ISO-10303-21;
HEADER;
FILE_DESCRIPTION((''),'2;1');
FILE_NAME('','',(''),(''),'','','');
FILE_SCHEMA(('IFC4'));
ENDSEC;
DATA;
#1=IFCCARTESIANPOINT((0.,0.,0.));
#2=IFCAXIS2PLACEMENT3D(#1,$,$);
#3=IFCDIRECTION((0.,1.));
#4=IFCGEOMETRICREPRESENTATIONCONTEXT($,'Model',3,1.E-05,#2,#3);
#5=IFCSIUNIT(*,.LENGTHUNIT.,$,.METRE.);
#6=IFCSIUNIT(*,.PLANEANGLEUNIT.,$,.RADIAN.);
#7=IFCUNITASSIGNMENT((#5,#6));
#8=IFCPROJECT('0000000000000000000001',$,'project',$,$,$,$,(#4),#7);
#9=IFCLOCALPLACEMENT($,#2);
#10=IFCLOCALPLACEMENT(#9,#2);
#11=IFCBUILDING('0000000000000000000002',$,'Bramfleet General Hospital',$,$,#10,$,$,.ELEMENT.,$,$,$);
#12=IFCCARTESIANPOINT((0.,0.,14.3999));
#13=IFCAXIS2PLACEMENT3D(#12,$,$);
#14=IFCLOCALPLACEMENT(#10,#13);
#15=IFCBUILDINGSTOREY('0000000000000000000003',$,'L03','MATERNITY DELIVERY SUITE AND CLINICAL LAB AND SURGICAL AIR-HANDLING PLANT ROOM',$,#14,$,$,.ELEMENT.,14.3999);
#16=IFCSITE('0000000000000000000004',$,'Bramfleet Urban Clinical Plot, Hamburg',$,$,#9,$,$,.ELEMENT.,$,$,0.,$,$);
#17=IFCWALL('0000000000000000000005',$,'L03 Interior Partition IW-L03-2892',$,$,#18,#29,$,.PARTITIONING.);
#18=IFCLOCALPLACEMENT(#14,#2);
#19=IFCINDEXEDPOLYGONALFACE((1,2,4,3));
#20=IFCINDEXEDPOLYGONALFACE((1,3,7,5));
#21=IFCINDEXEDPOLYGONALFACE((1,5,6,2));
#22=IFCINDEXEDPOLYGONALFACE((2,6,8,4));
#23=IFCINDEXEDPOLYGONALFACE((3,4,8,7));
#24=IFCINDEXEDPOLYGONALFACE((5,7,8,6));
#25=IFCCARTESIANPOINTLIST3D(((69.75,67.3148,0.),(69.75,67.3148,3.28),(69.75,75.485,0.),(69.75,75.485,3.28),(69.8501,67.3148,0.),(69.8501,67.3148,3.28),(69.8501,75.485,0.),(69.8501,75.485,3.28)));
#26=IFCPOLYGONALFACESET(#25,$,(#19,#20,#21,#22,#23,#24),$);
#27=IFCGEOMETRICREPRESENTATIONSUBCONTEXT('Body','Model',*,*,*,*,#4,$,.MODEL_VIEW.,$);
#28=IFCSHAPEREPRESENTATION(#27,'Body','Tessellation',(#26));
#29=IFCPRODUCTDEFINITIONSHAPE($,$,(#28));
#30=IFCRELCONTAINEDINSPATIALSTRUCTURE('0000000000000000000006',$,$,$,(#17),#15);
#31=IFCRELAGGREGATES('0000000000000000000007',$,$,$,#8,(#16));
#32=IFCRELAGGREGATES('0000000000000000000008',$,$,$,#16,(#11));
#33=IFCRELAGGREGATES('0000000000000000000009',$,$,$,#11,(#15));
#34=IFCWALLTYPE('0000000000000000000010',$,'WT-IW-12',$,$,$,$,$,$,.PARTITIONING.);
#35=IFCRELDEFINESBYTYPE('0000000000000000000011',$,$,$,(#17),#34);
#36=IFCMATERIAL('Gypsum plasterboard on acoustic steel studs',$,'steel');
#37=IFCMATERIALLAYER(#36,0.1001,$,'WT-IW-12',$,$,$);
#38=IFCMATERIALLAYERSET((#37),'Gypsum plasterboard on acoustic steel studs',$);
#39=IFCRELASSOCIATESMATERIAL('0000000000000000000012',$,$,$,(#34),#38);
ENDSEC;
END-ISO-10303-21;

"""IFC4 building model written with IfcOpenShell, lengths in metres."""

from ifc_helpers import new_model, si_unit, direction, frame, frame_2d, origin, place, context, subcontext, project, spatial, rectangle, extrude, material, layer, layer_set, type_object, element, save


model = new_model("IFC4")

# Units and contexts
model_context = context("Model", 3, precision=1e-05, world=origin(), true_north=direction((0.0, 1.0)))
body_context = subcontext(model_context, "Body", "Model", "MODEL_VIEW")
ifc_project = project(units=[si_unit("LENGTHUNIT", "METRE"), si_unit("PLANEANGLEUNIT", "RADIAN")], contexts=[model_context])

# Site, building, storey
site_placement = place(None, origin())
site = spatial("IfcSite", under=ifc_project, at=site_placement, Name="Bramfleet Urban Clinical Plot, Hamburg", CompositionType="ELEMENT", RefElevation=0.0)
building_placement = place(site_placement, origin())
building = spatial("IfcBuilding", under=site, at=building_placement, Name="Bramfleet General Hospital", CompositionType="ELEMENT")
storey_placement = place(building_placement, frame((0.0, 0.0, 14.3999)))
storey = spatial("IfcBuildingStorey", under=building, at=storey_placement, Name="L03", Description="MATERNITY DELIVERY SUITE AND CLINICAL LAB AND SURGICAL AIR-HANDLING PLANT ROOM", CompositionType="ELEMENT", Elevation=14.3999)

# Shared definitions
ifc_material_1 = material(Name="Gypsum plasterboard on acoustic steel studs", Category="steel")

# Wall
ifc_layer_1 = layer(ifc_material_1, 0.1001, Name="WT-IW-12")
ifc_layer_set_1 = layer_set([ifc_layer_1], Name="Gypsum plasterboard on acoustic steel studs")
wall_type_1 = type_object("IfcWallType", Name="WT-IW-12", PredefinedType="PARTITIONING", material=ifc_layer_set_1)
wall_1_placement = place(storey_placement, frame((69.8, 67.3149, 0.0), z_axis=(0.0, 0.0, 1.0), x_axis=(0.0, 1.0, 0.0)))
element("IfcWall", 1, at=wall_1_placement, inside=storey, type_object=wall_type_1, Name="L03 Interior Partition IW-L03-2892", PredefinedType="PARTITIONING", context=body_context, shape_type="SweptSolid", body=[
    extrude(rectangle(XDim=8.1702, YDim=0.1001, at=frame_2d((4.085, 0.0))), origin(), (0.0, 0.0, 1.0), 3.28),
])

save(model, "model.ifc")
